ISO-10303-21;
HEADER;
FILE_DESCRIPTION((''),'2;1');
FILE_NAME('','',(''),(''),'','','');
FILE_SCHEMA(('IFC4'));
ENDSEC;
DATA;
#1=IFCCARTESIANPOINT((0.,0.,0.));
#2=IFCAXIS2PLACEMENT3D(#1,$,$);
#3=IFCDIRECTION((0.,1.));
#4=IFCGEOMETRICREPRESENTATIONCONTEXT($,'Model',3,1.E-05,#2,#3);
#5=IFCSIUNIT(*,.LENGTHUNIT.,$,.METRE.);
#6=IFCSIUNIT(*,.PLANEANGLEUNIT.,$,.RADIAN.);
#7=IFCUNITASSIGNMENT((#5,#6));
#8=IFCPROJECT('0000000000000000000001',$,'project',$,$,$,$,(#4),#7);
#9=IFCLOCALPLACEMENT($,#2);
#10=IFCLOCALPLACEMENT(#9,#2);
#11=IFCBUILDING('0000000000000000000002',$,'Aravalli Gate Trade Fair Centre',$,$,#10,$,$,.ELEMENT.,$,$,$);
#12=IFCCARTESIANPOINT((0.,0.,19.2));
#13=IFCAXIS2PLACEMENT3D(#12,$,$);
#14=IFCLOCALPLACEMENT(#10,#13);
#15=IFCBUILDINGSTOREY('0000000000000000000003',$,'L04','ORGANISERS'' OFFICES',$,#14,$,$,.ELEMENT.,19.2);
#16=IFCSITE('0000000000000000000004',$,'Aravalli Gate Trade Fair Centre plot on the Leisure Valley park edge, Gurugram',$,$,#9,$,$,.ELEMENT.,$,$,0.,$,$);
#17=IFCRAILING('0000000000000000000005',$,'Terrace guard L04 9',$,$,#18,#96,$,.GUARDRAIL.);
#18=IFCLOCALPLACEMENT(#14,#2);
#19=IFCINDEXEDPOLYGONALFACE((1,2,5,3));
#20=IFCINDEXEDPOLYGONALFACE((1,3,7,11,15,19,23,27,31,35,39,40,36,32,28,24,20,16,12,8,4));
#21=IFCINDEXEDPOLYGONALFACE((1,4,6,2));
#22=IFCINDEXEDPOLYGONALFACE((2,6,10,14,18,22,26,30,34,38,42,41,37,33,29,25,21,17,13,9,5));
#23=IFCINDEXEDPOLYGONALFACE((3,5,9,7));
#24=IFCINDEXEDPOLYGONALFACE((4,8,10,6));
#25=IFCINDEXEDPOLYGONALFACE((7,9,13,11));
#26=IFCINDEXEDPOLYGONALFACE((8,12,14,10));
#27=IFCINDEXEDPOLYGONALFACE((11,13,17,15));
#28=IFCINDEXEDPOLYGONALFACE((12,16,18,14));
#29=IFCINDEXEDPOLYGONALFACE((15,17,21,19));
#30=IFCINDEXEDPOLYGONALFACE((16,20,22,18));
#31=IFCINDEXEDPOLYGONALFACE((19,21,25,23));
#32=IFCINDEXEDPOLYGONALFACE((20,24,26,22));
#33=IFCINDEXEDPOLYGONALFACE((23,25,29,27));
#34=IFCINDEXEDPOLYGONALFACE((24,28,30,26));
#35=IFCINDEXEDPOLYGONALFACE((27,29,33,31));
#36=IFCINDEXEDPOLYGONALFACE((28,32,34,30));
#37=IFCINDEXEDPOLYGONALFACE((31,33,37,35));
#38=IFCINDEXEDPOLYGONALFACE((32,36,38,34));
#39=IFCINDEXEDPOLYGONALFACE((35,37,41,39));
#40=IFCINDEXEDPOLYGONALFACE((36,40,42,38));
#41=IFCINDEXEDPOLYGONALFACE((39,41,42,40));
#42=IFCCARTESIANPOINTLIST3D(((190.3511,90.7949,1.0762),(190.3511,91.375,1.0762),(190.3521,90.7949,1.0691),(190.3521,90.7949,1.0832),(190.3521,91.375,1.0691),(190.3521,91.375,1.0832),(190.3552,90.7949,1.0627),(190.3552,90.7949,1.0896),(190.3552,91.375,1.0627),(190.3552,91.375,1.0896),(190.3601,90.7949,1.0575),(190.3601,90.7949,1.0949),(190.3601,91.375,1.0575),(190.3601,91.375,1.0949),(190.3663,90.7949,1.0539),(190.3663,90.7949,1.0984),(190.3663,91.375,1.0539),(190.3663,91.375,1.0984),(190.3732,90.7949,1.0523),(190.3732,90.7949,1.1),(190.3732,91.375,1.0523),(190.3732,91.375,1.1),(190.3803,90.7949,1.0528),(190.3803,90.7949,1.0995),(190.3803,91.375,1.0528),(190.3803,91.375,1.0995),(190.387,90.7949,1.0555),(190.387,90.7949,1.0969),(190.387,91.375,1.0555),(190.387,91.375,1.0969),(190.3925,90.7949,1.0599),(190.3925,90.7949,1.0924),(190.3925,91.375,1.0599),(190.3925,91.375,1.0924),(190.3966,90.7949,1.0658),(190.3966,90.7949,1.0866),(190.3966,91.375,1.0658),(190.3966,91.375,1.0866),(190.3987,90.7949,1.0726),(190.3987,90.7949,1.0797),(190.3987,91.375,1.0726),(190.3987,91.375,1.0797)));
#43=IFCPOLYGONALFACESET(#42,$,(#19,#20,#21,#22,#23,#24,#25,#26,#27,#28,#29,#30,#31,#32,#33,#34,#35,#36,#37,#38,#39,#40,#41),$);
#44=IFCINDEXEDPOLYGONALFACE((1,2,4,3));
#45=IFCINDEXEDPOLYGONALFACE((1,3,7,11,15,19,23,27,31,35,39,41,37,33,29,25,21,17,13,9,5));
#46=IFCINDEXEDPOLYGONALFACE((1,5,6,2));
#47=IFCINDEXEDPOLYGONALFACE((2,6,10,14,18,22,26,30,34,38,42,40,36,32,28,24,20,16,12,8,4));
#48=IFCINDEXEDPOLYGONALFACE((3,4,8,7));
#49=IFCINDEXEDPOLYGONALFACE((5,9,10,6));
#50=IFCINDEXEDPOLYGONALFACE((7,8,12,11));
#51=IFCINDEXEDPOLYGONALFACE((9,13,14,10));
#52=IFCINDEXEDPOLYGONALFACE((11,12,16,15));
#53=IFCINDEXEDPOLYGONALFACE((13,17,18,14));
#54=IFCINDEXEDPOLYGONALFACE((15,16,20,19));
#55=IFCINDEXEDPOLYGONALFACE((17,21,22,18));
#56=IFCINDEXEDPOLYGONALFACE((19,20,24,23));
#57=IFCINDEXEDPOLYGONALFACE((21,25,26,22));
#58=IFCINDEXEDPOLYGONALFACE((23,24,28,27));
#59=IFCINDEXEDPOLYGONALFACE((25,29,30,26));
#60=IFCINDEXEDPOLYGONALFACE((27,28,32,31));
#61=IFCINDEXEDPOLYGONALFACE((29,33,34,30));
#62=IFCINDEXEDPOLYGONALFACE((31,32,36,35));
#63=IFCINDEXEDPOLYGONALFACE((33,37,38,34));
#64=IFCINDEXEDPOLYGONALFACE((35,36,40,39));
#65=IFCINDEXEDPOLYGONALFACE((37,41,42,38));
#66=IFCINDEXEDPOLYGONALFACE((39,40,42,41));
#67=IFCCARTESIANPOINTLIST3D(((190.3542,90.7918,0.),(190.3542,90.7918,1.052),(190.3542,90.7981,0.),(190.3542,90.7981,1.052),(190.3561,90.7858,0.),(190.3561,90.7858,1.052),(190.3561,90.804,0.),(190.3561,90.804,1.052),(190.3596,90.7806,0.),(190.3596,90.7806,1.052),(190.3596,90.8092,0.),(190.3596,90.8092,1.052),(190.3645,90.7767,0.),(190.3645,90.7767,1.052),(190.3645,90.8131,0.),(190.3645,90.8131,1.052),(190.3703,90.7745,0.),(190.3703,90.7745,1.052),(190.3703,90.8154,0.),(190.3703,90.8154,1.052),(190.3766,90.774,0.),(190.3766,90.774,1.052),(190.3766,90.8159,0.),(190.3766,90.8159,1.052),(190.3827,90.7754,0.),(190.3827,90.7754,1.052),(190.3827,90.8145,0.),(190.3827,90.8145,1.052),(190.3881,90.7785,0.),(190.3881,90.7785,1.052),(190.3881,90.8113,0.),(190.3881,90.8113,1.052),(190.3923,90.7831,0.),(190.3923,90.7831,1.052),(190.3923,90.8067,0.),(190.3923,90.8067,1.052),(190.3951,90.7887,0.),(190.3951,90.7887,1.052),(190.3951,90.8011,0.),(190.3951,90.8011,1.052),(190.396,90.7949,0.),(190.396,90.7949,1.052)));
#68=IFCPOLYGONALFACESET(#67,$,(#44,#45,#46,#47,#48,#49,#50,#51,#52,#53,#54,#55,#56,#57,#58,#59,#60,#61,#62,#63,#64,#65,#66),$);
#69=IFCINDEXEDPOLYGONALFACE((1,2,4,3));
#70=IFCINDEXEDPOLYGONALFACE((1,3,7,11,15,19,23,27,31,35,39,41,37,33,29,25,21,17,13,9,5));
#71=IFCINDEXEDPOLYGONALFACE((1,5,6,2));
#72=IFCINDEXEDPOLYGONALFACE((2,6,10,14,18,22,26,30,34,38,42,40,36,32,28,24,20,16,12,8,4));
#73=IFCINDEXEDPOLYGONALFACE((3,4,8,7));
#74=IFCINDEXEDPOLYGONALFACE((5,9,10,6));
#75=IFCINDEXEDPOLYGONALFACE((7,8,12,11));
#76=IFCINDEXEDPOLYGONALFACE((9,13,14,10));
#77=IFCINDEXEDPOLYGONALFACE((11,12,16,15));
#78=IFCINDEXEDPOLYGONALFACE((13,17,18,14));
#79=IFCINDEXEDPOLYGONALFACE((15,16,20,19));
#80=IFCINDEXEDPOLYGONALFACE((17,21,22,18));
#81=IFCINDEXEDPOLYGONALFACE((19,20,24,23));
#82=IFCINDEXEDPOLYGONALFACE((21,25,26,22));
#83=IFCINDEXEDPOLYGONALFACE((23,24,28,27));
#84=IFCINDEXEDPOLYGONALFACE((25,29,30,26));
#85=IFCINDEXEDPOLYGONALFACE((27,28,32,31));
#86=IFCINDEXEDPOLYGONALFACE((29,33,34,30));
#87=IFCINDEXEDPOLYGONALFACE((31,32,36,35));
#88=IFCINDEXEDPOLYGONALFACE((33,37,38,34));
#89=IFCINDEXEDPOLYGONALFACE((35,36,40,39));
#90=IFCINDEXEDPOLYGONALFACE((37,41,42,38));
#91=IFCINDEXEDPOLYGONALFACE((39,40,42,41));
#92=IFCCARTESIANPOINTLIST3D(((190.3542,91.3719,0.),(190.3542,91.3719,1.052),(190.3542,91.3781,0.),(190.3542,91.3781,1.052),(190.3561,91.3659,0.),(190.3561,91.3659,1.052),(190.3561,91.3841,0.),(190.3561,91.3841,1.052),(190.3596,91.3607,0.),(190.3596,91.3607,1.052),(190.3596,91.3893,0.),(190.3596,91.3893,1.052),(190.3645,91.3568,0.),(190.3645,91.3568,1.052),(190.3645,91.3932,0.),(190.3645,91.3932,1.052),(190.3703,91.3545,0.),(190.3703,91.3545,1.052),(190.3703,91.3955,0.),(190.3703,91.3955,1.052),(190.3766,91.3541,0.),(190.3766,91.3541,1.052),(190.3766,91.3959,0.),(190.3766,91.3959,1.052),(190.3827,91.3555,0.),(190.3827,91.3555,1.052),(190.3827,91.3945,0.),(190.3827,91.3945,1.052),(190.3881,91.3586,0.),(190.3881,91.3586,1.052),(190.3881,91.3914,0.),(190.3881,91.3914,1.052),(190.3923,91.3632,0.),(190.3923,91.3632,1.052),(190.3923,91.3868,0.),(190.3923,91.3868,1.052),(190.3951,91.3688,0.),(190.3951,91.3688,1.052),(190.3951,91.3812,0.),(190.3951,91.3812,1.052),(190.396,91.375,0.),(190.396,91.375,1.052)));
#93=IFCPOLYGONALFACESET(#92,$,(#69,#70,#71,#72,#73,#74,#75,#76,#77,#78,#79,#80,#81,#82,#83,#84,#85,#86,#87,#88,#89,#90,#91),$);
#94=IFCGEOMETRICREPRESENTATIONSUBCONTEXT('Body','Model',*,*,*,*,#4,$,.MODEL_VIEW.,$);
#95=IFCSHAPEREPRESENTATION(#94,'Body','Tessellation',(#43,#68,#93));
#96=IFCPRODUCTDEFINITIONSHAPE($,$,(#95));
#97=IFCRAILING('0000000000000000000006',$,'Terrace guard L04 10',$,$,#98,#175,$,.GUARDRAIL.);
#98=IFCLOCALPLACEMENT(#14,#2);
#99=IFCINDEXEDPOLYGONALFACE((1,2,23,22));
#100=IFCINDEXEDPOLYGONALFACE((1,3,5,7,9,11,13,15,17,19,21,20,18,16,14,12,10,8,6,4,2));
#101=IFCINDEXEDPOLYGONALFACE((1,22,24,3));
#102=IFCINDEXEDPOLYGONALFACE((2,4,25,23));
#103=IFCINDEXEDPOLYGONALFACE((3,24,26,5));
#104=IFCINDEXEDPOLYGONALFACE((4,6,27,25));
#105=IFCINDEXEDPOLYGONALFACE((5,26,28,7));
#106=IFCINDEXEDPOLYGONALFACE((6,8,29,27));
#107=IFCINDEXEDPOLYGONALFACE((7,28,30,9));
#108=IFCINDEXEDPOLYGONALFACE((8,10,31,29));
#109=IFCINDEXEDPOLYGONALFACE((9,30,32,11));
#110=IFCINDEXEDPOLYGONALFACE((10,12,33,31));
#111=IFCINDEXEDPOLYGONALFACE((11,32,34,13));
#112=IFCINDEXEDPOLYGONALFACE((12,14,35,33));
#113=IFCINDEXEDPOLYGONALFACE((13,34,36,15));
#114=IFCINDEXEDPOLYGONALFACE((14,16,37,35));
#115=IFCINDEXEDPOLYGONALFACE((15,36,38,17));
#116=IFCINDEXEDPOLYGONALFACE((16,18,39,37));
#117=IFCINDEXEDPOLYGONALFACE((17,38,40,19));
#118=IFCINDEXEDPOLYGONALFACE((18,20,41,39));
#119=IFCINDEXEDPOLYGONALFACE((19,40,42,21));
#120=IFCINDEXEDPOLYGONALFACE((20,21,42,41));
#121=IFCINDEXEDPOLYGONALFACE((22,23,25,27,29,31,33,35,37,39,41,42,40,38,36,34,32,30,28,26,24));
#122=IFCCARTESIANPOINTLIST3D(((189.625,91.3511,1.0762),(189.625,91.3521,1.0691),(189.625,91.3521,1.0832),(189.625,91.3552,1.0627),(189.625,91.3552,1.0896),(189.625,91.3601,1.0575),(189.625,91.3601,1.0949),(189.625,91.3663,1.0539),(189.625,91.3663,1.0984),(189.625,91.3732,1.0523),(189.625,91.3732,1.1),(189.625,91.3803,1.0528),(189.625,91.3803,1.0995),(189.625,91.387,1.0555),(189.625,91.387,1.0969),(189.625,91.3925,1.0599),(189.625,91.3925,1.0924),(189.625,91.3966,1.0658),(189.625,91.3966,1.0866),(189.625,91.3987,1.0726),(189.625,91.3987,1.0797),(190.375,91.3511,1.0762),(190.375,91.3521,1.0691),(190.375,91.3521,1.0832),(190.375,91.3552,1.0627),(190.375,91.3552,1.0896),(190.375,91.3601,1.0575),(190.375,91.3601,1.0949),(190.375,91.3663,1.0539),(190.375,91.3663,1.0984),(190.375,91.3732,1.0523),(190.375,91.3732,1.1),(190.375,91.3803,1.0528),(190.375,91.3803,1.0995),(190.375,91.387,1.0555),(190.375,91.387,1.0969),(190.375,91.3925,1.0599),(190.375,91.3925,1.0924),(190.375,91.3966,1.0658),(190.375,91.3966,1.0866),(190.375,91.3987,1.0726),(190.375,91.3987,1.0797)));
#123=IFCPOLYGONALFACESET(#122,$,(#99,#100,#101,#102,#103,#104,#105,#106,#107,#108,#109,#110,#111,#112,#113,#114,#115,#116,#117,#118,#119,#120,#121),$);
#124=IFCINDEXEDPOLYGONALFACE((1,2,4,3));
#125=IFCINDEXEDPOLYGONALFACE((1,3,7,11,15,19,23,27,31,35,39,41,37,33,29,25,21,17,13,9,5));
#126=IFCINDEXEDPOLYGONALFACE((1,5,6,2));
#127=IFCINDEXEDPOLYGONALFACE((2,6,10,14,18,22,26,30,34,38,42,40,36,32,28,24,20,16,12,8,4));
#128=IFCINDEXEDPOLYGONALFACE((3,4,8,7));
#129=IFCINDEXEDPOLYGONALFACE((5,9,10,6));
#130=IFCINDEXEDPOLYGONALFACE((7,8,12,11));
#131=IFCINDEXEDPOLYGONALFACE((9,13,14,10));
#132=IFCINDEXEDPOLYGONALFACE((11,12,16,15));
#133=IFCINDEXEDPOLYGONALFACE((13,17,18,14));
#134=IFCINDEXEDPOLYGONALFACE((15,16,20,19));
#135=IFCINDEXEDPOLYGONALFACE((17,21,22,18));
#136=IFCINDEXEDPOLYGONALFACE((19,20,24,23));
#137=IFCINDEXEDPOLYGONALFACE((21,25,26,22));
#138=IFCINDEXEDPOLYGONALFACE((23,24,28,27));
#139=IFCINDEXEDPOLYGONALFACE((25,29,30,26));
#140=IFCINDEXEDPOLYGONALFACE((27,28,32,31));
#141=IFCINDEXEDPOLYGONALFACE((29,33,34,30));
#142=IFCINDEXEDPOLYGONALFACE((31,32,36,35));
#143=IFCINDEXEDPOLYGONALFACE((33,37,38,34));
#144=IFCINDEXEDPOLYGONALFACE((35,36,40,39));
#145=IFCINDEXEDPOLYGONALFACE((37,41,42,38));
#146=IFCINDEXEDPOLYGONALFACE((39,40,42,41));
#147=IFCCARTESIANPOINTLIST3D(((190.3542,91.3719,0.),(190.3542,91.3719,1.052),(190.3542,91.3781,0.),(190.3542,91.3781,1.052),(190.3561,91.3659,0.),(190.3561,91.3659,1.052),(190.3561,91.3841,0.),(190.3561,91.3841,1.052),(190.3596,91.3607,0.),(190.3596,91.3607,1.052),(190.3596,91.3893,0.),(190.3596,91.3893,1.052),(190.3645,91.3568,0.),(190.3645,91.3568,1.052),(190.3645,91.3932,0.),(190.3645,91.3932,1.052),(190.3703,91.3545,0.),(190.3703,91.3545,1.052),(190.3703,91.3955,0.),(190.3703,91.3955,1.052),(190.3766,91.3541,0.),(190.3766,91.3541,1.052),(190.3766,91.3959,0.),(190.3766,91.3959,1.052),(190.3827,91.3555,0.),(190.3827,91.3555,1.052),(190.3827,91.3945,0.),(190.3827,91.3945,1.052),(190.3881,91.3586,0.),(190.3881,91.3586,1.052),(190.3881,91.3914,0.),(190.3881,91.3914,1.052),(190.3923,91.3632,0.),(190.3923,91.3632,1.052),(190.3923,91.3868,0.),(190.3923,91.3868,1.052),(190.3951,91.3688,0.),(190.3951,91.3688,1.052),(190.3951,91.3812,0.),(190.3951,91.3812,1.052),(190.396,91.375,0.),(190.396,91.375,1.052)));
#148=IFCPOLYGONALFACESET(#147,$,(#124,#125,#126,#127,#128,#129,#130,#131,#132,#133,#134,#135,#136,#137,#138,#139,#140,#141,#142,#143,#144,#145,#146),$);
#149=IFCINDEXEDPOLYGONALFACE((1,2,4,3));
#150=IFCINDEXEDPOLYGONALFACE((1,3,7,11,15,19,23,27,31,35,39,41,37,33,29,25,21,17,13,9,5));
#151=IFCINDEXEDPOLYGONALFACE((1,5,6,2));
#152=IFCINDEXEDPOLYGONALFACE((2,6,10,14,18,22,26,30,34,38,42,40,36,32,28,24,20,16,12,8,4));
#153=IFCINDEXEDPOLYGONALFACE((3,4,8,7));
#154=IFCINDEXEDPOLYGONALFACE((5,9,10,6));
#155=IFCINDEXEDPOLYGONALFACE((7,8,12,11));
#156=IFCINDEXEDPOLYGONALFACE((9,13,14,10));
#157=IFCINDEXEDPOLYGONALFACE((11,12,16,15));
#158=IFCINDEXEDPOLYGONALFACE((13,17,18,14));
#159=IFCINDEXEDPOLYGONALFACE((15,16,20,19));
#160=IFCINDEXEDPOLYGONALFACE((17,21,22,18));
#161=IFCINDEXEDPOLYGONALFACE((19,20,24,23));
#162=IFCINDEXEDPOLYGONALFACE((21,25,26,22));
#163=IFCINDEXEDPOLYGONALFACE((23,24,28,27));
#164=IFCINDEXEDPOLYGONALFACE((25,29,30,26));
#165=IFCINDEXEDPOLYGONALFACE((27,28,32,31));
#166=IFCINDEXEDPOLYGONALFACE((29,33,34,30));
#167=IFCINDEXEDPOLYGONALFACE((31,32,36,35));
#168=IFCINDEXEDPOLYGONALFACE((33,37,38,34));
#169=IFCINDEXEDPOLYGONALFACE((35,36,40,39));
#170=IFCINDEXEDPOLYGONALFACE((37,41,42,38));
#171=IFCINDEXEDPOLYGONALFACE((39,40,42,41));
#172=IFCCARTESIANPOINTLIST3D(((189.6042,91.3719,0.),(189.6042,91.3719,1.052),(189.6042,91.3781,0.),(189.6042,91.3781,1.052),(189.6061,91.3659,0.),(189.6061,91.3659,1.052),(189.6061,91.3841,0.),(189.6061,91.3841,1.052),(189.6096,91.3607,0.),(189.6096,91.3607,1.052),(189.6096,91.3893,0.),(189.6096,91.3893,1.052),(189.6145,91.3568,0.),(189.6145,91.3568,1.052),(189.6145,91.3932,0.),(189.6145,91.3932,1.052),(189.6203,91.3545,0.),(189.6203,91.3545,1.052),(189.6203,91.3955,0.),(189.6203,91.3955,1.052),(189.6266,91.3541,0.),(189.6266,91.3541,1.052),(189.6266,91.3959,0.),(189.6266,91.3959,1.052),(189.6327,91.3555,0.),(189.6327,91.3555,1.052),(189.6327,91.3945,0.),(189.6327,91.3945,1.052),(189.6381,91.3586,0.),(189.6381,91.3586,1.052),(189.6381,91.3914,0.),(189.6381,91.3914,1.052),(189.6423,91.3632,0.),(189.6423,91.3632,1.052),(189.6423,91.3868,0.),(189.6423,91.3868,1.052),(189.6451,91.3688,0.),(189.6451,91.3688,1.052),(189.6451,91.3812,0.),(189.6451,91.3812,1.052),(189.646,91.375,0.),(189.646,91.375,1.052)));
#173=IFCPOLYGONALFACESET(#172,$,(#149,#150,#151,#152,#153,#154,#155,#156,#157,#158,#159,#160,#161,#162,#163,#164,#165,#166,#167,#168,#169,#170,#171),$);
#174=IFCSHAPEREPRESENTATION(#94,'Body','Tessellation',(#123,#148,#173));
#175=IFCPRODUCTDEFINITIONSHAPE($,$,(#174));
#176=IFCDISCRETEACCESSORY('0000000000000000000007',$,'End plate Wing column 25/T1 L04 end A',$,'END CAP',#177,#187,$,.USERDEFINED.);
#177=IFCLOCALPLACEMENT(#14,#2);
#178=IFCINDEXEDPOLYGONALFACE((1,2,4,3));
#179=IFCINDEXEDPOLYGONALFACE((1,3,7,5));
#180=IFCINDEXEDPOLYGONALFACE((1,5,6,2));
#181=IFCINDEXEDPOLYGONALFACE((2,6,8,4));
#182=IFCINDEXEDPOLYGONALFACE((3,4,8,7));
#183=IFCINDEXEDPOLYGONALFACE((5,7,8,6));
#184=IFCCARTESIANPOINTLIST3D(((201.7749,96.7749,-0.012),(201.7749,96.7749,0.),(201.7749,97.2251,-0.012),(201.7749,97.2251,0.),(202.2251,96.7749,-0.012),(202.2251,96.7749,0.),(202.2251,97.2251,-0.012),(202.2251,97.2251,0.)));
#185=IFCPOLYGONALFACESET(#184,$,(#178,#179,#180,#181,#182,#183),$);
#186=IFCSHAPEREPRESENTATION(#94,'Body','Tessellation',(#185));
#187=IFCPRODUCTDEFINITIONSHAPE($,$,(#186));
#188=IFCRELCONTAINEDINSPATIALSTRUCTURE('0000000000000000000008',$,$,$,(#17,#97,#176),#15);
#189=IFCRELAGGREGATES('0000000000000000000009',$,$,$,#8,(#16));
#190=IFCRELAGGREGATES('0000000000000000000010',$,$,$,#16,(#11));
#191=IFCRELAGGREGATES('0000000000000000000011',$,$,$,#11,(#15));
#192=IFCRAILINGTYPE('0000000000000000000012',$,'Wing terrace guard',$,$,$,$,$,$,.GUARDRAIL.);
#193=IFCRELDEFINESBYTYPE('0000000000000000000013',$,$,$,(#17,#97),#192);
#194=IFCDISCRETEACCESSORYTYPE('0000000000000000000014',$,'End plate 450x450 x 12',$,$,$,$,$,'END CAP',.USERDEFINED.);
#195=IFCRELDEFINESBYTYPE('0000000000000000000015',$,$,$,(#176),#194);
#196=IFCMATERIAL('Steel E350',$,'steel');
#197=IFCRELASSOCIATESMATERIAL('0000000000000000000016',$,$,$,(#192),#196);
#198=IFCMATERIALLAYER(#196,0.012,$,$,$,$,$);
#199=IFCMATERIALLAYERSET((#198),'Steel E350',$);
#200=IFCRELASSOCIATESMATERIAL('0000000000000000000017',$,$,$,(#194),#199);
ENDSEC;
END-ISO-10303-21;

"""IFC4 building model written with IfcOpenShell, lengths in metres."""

from ifc_helpers import new_model, si_unit, direction, frame, origin, origin_2d, place, context, subcontext, project, spatial, polyline, circle, outline, extrude, material, layer, layer_set, type_object, element, save


model = new_model("IFC4")

# Units and contexts
model_context = context("Model", 3, precision=1e-05, world=origin(), true_north=direction((0.0, 1.0)))
body_context = subcontext(model_context, "Body", "Model", "MODEL_VIEW")
ifc_project = project(units=[si_unit("LENGTHUNIT", "METRE"), si_unit("PLANEANGLEUNIT", "RADIAN")], contexts=[model_context])

# Site, building, storey
site_placement = place(None, origin())
site = spatial("IfcSite", under=ifc_project, at=site_placement, Name="Aravalli Gate Trade Fair Centre plot on the Leisure Valley park edge, Gurugram", CompositionType="ELEMENT", RefElevation=0.0)
building_placement = place(site_placement, origin())
building = spatial("IfcBuilding", under=site, at=building_placement, Name="Aravalli Gate Trade Fair Centre", CompositionType="ELEMENT")
storey_placement = place(building_placement, frame((0.0, 0.0, 19.2)))
storey = spatial("IfcBuildingStorey", under=building, at=storey_placement, Name="L04", Description="ORGANISERS' OFFICES", CompositionType="ELEMENT", Elevation=19.2)

# Railings
ifc_material_1 = material(Name="Steel E350", Category="steel")
railing_type = type_object("IfcRailingType", Name="Wing terrace guard", PredefinedType="GUARDRAIL", material=ifc_material_1)
railing_1_placement = place(storey_placement, frame((190.375, 90.7949, 0.0)))
element("IfcRailing", 1, at=railing_1_placement, inside=storey, type_object=railing_type, Name="Terrace guard L04 9", PredefinedType="GUARDRAIL", context=body_context, shape_type="SweptSolid", body=[
    extrude(circle(Radius=0.0239, at=origin_2d()), frame((0.0, 0.0, 1.0762), z_axis=(0.0, 1.0, 0.0), x_axis=(-1.0, 0.0, 0.0)), (0.0, 0.0, 1.0), 0.5801),
    extrude(circle(Radius=0.021, at=origin_2d()), origin(), (0.0, 0.0, 1.0), 1.052),
    extrude(circle(Radius=0.021, at=origin_2d()), frame((0.0, 0.5801, 0.0)), (0.0, 0.0, 1.0), 1.052),
])
railing_2_placement = place(storey_placement, frame((190.375, 91.375, 0.0)))
element("IfcRailing", 2, at=railing_2_placement, inside=storey, type_object=railing_type, Name="Terrace guard L04 10", PredefinedType="GUARDRAIL", context=body_context, shape_type="SweptSolid", body=[
    extrude(circle(Radius=0.0239, at=origin_2d()), frame((0.0, 0.0, 1.0762), z_axis=(-1.0, 0.0, 0.0), x_axis=(0.0, -1.0, 0.0)), (0.0, 0.0, 1.0), 0.75),
    extrude(circle(Radius=0.021, at=origin_2d()), origin(), (0.0, 0.0, 1.0), 1.052),
    extrude(circle(Radius=0.021, at=origin_2d()), frame((-0.75, 0.0, 0.0)), (0.0, 0.0, 1.0), 1.052),
])

# Discrete accessory
ifc_layer_1 = layer(ifc_material_1, 0.012)
ifc_layer_set_1 = layer_set([ifc_layer_1], Name="Steel E350")
discrete_accessory_type = type_object("IfcDiscreteAccessoryType", Name="End plate 450x450 x 12", ElementType="END CAP", PredefinedType="USERDEFINED", material=ifc_layer_set_1)
discrete_accessory_placement = place(storey_placement, frame((201.7749, 96.7749, 0.0), z_axis=(0.0, 0.0, 1.0), x_axis=(1.0, 0.0, 0.0)))
element("IfcDiscreteAccessory", 3, at=discrete_accessory_placement, inside=storey, type_object=discrete_accessory_type, Name="End plate Wing column 25/T1 L04 end A", ObjectType="END CAP", PredefinedType="USERDEFINED", context=body_context, shape_type="SweptSolid", body=[
    extrude(outline(polyline([(0.0, 0.0), (0.4502, 0.0), (0.4502, 0.4502), (0.0, 0.4502), (0.0, 0.0)])), origin(), (0.0, 0.0, -1.0), 0.012),
])

save(model, "model.ifc")
